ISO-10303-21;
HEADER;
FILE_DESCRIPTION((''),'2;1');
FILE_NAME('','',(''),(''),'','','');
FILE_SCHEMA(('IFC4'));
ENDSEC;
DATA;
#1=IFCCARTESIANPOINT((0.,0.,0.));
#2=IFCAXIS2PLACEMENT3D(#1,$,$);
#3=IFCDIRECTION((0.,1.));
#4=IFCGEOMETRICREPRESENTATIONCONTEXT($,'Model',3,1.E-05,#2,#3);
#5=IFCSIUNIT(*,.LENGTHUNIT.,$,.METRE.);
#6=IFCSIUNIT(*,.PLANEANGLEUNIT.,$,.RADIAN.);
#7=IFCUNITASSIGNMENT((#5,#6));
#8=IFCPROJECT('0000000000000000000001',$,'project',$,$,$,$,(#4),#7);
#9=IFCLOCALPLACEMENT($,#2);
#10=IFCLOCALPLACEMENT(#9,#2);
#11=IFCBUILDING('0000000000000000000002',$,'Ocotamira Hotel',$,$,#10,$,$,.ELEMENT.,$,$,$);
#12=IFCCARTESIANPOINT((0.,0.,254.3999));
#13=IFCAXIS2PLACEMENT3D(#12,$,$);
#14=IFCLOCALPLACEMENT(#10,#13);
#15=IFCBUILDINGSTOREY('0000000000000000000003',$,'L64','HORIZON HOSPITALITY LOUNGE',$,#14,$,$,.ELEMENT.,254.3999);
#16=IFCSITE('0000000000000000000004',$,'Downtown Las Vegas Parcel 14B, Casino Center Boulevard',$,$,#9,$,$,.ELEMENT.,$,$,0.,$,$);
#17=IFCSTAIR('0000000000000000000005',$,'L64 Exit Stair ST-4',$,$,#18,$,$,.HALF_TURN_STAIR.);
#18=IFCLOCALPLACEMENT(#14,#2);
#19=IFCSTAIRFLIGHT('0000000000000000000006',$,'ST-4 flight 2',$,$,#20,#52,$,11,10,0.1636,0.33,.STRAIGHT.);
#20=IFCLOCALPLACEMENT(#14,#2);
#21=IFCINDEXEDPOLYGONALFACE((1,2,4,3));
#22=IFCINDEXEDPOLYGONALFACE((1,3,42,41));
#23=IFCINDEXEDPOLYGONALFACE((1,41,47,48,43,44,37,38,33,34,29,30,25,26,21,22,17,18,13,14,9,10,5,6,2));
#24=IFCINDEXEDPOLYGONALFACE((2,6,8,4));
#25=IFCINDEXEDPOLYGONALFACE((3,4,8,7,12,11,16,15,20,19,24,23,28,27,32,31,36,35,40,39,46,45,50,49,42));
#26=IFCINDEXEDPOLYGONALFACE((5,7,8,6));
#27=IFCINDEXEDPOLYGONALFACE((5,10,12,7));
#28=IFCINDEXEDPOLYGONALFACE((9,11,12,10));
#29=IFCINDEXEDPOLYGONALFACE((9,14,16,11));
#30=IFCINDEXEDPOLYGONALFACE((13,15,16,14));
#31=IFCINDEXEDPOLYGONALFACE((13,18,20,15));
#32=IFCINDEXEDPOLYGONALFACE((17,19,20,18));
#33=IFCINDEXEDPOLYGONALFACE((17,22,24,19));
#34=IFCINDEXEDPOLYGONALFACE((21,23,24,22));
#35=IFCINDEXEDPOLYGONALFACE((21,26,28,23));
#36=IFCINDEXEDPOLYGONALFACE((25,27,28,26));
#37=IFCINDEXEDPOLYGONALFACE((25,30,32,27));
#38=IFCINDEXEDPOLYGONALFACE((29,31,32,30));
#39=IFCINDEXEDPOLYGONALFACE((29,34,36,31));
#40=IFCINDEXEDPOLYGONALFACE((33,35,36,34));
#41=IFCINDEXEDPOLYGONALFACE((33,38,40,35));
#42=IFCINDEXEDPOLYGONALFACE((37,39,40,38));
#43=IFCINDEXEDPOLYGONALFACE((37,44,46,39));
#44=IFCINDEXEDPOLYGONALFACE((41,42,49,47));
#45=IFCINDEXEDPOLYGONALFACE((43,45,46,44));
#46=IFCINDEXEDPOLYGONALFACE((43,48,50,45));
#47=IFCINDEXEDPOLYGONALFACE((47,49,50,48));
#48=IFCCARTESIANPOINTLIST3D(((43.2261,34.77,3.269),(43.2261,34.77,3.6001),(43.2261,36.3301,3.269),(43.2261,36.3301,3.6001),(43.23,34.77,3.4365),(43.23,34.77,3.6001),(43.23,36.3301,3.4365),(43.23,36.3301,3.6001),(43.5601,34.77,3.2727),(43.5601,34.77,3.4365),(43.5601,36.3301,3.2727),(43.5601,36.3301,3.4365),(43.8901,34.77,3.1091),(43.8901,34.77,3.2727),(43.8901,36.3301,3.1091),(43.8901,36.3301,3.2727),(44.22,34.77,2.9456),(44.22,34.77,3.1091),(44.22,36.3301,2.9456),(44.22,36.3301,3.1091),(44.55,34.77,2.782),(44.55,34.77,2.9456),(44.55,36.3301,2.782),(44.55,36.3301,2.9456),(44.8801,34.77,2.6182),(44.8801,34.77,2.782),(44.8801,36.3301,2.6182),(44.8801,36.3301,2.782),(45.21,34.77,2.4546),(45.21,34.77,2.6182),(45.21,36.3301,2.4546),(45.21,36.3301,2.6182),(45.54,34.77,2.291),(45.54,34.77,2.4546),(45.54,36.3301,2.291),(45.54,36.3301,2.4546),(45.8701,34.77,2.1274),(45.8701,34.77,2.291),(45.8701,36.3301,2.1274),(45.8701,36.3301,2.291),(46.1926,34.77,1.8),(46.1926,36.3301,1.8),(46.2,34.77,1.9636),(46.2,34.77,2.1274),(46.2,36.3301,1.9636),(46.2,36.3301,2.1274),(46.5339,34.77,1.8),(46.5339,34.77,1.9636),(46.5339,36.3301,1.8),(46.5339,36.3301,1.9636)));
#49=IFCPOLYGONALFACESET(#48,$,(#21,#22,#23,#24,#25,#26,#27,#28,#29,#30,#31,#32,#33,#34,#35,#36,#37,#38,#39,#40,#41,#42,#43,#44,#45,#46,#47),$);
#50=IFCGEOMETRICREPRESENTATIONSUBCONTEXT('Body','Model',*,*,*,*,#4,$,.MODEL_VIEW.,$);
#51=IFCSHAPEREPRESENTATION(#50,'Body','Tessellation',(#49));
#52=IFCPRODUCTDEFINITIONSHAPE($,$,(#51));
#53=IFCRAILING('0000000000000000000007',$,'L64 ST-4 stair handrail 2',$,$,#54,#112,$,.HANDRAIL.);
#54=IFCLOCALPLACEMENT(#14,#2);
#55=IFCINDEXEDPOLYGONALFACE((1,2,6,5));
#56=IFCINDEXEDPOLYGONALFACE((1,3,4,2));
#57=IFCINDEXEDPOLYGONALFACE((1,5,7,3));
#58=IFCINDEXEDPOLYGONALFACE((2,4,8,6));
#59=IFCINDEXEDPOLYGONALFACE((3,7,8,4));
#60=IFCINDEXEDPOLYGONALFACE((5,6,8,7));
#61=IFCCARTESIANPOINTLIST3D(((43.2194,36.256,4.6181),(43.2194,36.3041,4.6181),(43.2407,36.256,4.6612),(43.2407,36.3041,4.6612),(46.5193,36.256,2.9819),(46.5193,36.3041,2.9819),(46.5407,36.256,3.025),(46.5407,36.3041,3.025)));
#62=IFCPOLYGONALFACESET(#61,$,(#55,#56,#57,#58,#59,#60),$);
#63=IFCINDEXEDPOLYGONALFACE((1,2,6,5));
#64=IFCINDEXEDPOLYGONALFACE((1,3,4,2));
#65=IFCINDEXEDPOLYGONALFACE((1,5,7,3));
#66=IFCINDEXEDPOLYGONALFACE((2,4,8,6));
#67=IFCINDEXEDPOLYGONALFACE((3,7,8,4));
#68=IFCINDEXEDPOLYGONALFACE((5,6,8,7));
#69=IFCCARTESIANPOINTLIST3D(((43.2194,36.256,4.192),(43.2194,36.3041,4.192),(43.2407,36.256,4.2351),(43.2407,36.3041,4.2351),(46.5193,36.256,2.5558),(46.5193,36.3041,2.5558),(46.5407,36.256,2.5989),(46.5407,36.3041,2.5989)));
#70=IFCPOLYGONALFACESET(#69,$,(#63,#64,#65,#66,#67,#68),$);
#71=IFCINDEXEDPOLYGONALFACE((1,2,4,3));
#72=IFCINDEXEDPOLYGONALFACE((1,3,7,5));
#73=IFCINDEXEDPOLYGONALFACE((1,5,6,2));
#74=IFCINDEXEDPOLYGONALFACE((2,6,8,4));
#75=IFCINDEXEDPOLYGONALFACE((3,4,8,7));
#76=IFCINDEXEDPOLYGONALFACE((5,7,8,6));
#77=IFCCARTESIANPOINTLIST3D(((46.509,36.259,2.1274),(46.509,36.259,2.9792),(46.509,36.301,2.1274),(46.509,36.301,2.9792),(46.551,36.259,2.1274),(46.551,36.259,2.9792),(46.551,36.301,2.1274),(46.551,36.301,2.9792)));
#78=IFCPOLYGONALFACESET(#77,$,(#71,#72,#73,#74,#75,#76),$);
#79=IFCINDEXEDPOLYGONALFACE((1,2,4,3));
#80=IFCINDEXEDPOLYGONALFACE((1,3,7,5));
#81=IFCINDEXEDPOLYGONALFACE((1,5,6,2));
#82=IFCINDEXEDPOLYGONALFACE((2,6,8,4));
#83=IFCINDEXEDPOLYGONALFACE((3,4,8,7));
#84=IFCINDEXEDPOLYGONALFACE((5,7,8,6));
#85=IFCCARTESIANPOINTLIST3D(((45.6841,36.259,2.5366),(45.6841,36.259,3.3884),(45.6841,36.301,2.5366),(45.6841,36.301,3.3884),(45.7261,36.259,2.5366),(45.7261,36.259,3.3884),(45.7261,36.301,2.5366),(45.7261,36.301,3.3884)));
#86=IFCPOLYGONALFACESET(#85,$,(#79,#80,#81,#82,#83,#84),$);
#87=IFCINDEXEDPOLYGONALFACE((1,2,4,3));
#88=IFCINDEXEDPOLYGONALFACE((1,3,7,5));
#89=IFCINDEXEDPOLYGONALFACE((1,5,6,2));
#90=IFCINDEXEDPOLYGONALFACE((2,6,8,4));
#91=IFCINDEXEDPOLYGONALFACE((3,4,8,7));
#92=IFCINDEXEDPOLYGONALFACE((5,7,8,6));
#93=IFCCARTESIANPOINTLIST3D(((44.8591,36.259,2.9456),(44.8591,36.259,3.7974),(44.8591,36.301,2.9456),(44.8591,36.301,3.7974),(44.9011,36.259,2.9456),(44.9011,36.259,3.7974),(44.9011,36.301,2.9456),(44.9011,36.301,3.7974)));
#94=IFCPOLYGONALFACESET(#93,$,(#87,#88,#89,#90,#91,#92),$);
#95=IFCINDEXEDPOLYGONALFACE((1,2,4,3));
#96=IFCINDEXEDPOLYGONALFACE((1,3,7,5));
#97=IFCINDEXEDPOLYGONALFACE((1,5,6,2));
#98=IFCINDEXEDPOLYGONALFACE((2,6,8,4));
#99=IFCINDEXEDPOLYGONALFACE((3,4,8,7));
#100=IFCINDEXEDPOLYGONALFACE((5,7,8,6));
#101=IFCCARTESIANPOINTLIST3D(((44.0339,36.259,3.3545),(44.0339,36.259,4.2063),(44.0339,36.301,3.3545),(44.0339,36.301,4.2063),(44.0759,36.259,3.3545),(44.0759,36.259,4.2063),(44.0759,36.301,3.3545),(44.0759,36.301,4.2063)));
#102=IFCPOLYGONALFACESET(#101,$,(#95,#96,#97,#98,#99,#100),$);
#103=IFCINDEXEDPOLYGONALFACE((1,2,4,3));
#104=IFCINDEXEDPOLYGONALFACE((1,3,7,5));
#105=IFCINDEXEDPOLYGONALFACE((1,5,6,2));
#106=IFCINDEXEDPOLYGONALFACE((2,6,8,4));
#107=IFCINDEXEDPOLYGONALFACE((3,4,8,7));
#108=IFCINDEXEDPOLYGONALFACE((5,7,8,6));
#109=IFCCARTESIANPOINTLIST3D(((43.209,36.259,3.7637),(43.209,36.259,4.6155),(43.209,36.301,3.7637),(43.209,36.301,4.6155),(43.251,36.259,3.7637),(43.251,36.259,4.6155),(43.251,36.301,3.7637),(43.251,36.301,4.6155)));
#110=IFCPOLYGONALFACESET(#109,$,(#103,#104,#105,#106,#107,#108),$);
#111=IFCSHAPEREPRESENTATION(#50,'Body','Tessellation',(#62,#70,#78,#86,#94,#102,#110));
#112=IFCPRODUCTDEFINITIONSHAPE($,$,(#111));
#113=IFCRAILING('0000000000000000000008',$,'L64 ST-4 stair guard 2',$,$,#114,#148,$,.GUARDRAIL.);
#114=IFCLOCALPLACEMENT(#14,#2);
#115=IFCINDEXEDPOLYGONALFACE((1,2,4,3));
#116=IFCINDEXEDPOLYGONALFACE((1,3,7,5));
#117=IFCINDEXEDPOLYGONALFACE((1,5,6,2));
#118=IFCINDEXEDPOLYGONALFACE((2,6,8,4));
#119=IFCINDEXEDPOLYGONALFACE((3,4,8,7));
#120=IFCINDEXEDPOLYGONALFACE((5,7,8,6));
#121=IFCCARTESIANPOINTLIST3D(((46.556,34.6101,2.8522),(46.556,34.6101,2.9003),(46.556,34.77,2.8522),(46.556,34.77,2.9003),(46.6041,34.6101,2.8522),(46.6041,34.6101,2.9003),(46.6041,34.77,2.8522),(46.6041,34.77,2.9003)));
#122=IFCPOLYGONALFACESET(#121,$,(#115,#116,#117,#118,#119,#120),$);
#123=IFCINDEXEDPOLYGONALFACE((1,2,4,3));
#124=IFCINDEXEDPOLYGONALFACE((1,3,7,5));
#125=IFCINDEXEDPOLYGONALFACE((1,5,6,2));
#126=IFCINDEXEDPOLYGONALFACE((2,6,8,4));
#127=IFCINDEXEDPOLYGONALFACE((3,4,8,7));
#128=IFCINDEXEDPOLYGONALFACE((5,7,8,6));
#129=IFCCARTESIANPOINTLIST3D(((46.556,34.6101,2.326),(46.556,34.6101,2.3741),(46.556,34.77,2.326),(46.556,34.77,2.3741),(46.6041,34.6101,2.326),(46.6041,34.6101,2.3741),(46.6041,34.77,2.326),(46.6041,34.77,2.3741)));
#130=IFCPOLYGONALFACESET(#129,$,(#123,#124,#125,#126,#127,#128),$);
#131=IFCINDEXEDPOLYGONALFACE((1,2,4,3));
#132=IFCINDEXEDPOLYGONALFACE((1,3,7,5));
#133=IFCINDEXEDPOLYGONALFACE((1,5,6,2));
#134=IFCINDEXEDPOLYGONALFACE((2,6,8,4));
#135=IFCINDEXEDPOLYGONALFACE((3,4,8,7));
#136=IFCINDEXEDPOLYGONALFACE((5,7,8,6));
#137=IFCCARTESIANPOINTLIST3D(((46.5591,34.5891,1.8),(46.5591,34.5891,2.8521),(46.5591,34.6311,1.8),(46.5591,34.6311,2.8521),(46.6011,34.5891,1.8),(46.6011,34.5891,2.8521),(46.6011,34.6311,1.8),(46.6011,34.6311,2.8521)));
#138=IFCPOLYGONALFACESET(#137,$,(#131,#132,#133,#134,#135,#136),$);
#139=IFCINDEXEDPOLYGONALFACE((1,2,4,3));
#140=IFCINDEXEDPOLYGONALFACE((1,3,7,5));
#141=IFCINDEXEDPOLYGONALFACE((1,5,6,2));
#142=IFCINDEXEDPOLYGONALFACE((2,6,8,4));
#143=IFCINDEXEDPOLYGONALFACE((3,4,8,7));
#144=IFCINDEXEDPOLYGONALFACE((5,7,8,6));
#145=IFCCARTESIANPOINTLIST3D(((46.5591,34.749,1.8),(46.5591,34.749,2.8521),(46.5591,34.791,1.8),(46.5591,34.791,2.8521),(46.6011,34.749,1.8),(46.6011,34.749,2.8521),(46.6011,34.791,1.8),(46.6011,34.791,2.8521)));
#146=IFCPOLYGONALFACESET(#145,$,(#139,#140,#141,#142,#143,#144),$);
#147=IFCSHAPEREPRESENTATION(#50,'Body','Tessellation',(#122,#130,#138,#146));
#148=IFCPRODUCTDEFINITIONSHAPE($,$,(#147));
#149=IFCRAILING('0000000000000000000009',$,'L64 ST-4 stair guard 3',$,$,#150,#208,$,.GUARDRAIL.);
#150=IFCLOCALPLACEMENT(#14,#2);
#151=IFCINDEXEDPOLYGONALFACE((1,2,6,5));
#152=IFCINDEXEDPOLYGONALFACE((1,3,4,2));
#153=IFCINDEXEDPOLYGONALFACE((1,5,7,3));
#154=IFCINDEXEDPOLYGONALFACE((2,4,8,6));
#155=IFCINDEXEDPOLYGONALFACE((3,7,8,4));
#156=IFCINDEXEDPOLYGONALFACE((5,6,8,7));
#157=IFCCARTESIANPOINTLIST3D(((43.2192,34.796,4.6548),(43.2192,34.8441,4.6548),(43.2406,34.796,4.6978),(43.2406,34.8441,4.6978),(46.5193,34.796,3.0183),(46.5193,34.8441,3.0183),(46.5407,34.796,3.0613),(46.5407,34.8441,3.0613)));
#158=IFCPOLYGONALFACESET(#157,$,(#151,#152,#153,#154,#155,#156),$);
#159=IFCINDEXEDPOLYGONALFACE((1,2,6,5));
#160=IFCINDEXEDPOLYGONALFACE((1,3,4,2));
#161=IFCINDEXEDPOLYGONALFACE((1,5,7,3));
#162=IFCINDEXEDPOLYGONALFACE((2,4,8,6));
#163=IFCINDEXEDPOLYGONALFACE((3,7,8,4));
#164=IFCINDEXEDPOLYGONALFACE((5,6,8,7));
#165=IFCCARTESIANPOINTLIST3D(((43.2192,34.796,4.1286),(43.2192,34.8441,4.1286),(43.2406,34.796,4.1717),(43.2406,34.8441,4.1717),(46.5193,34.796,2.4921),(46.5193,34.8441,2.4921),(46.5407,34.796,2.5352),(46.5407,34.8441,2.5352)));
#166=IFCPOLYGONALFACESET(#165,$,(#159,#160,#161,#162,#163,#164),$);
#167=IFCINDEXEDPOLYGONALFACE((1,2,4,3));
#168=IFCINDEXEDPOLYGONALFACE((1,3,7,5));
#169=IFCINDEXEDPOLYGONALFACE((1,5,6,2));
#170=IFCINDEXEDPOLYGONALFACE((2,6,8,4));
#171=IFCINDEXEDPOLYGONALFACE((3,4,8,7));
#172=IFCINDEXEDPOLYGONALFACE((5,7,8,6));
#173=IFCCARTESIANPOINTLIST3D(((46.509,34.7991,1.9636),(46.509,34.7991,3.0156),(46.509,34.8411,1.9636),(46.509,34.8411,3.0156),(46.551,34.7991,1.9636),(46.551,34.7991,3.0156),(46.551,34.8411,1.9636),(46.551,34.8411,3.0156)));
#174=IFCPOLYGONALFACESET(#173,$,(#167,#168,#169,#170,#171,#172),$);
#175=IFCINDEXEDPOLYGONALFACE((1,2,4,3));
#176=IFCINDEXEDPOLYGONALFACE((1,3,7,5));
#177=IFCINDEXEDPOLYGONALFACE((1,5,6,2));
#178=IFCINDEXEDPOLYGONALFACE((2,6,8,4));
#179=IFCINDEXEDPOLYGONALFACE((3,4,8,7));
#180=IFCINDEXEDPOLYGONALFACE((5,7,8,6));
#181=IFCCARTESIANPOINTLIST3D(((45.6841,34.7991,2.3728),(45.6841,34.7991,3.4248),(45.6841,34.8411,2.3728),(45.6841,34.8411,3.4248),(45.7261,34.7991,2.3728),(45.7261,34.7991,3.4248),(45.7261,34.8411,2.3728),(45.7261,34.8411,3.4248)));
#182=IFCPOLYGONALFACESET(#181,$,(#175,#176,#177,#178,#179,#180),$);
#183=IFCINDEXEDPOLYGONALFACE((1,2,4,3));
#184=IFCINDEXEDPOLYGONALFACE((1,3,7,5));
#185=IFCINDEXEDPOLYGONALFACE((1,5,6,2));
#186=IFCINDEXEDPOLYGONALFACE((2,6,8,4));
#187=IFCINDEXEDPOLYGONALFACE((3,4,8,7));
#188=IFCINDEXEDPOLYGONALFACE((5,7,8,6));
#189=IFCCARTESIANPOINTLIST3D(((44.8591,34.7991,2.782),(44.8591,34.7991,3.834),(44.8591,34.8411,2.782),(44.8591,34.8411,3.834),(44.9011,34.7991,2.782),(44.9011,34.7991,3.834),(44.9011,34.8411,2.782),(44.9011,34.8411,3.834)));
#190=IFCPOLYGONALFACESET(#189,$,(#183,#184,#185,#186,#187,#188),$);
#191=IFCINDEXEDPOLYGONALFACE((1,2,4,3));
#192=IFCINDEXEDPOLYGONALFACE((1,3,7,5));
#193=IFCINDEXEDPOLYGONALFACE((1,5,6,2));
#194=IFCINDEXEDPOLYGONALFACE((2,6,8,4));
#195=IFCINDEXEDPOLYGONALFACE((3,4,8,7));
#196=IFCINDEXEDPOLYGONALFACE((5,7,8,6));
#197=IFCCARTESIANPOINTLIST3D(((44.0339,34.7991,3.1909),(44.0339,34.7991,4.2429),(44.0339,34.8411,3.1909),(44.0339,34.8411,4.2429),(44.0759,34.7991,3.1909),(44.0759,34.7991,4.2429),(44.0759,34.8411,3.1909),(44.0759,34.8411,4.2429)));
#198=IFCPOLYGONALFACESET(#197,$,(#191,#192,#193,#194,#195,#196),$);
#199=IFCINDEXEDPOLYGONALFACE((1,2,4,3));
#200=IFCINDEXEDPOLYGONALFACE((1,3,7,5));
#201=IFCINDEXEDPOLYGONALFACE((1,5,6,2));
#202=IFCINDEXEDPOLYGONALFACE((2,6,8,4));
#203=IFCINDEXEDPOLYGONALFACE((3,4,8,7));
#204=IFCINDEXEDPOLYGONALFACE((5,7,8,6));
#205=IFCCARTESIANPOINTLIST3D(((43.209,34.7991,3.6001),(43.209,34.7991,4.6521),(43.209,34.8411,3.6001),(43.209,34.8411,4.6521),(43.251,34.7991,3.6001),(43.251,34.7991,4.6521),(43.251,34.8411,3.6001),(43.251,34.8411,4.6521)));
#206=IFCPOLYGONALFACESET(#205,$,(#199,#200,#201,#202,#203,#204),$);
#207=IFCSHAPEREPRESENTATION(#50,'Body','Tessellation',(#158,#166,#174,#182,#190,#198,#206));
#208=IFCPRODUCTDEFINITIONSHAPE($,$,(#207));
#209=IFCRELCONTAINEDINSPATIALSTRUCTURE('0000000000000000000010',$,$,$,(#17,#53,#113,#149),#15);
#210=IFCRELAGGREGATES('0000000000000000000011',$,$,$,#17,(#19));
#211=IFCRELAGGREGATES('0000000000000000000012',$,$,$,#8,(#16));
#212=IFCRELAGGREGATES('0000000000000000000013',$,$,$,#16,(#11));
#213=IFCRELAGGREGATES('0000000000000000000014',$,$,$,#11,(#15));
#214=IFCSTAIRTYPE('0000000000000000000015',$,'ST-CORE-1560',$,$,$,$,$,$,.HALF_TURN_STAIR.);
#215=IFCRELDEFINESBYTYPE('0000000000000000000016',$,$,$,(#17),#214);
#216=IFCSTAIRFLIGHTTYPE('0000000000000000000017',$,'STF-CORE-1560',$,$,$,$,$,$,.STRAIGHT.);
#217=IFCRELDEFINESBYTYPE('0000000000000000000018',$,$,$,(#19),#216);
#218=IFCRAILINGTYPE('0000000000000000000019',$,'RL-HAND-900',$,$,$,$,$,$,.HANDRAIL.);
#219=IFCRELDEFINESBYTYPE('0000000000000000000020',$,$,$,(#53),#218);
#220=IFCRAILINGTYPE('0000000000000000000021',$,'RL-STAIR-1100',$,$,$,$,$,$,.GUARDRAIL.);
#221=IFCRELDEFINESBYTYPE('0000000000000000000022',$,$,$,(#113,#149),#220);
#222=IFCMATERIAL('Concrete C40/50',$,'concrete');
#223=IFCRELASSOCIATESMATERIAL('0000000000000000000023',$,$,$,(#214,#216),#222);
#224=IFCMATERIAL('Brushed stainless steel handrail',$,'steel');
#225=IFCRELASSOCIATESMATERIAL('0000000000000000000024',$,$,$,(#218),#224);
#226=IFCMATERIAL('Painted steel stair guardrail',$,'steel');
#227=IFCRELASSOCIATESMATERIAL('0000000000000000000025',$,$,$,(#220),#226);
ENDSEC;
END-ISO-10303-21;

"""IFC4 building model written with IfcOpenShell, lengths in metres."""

from ifc_helpers import new_model, si_unit, direction, frame, origin, origin_2d, place, context, subcontext, project, spatial, polyline, rectangle, outline, extrude, source, transform, mapped, material, type_object, element, aggregate, save


model = new_model("IFC4")

# Units and contexts
model_context = context("Model", 3, precision=1e-05, world=origin(), true_north=direction((0.0, 1.0)))
body_context = subcontext(model_context, "Body", "Model", "MODEL_VIEW")
ifc_project = project(units=[si_unit("LENGTHUNIT", "METRE"), si_unit("PLANEANGLEUNIT", "RADIAN")], contexts=[model_context])

# Site, building, storey
site_placement = place(None, origin())
site = spatial("IfcSite", under=ifc_project, at=site_placement, Name="Downtown Las Vegas Parcel 14B, Casino Center Boulevard", CompositionType="ELEMENT", RefElevation=0.0)
building_placement = place(site_placement, origin())
building = spatial("IfcBuilding", under=site, at=building_placement, Name="Ocotamira Hotel", CompositionType="ELEMENT")
storey_placement = place(building_placement, frame((0.0, 0.0, 254.3999)))
storey = spatial("IfcBuildingStorey", under=building, at=storey_placement, Name="L64", Description="HORIZON HOSPITALITY LOUNGE", CompositionType="ELEMENT", Elevation=254.3999)

# Stair, stair flight
ifc_material_1 = material(Name="Concrete C40/50", Category="concrete")
stair_type = type_object("IfcStairType", Name="ST-CORE-1560", PredefinedType="HALF_TURN_STAIR", material=ifc_material_1)
stair_placement = place(storey_placement, origin())
stair = element("IfcStair", 1, at=stair_placement, inside=storey, type_object=stair_type, Name="L64 Exit Stair ST-4", PredefinedType="HALF_TURN_STAIR")
stair_flight_type = type_object("IfcStairFlightType", Name="STF-CORE-1560", PredefinedType="STRAIGHT", material=ifc_material_1)
shared_shape_1 = source(origin(), body_context, "Body", "SweptSolid", [
    extrude(outline(polyline([(-0.0039, 0.0), (-0.0039, 0.1636), (0.3301, 0.1636), (0.3301, 0.3274), (0.6599, 0.3274), (0.6599, 0.491), (0.99, 0.491), (0.99, 0.6545), (1.3201, 0.6545), (1.3201, 0.8181), (1.6499, 0.8181), (1.6499, 0.9819), (1.98, 0.9819), (1.98, 1.1455), (2.3101, 1.1455), (2.3101, 1.3091), (2.6399, 1.3091), (2.6399, 1.4727), (2.97, 1.4727), (2.97, 1.6365), (3.3, 1.6365), (3.3, 1.8), (3.304, 1.8), (3.304, 1.469), (0.3374, 0.0), (-0.0039, 0.0)])), frame((0.0, 0.78, 0.0), z_axis=(0.0, -1.0, 0.0), x_axis=(1.0, 0.0, 0.0)), (0.0, 0.0, 1.0), 1.5601),
])
stair_flight_placement = place(storey_placement, frame((46.53, 35.55, 1.8), z_axis=(0.0, 0.0, 1.0), x_axis=(-1.0, 0.0, 0.0)))
stair_flight = element("IfcStairFlight", 2, at=stair_flight_placement, type_object=stair_flight_type, Name="ST-4 flight 2", NumberOfRisers=11, NumberOfTreads=10, PredefinedType="STRAIGHT", RiserHeight=0.1636, TreadLength=0.33, context=body_context, shape_type="MappedRepresentation", body=[
    mapped(shared_shape_1, transform((0.0, 0.0, 0.0), scale=1.0)),
])
aggregate(stair, [stair_flight])

# Railings
ifc_material_2 = material(Name="Brushed stainless steel handrail", Category="steel")
railing_type_1 = type_object("IfcRailingType", Name="RL-HAND-900", PredefinedType="HANDRAIL", material=ifc_material_2)
railing_1_placement = place(storey_placement, frame((46.53, 36.28, 2.1274)))
element("IfcRailing", 3, at=railing_1_placement, inside=storey, type_object=railing_type_1, Name="L64 ST-4 stair handrail 2", PredefinedType="HANDRAIL", context=body_context, shape_type="SweptSolid", body=[
    extrude(rectangle(XDim=0.0481, YDim=0.0481, at=origin_2d()), frame((0.0, 0.0, 0.876), z_axis=(-0.89592, 0.0, 0.444215), x_axis=(0.0, -1.0, 0.0)), (0.0, 0.0, 1.0), 3.6833),
    extrude(rectangle(XDim=0.0481, YDim=0.0481, at=origin_2d()), frame((0.0, 0.0, 0.45), z_axis=(-0.89592, 0.0, 0.444215), x_axis=(0.0, -1.0, 0.0)), (0.0, 0.0, 1.0), 3.6833),
    extrude(rectangle(XDim=0.042, YDim=0.042, at=origin_2d()), origin(), (0.0, 0.0, 1.0), 0.8518),
    extrude(rectangle(XDim=0.042, YDim=0.042, at=origin_2d()), frame((-0.825, 0.0, 0.4092)), (0.0, 0.0, 1.0), 0.8518),
    extrude(rectangle(XDim=0.042, YDim=0.042, at=origin_2d()), frame((-1.6499, 0.0, 0.8181)), (0.0, 0.0, 1.0), 0.8518),
    extrude(rectangle(XDim=0.042, YDim=0.042, at=origin_2d()), frame((-2.4751, 0.0, 1.2271)), (0.0, 0.0, 1.0), 0.8518),
    extrude(rectangle(XDim=0.042, YDim=0.042, at=origin_2d()), frame((-3.3, 0.0, 1.6362)), (0.0, 0.0, 1.0), 0.8518),
])
ifc_material_3 = material(Name="Painted steel stair guardrail", Category="steel")
railing_type_2 = type_object("IfcRailingType", Name="RL-STAIR-1100", PredefinedType="GUARDRAIL", material=ifc_material_3)
railing_2_placement = place(storey_placement, frame((46.5801, 34.6101, 1.8)))
element("IfcRailing", 4, at=railing_2_placement, inside=storey, type_object=railing_type_2, Name="L64 ST-4 stair guard 2", PredefinedType="GUARDRAIL", context=body_context, shape_type="SweptSolid", body=[
    extrude(rectangle(XDim=0.0481, YDim=0.0481, at=origin_2d()), frame((0.0, 0.0, 1.0762), z_axis=(0.0, 1.0, 0.0), x_axis=(-1.0, 0.0, 0.0)), (0.0, 0.0, 1.0), 0.1599),
    extrude(rectangle(XDim=0.0481, YDim=0.0481, at=origin_2d()), frame((0.0, 0.0, 0.55), z_axis=(0.0, 1.0, 0.0), x_axis=(-1.0, 0.0, 0.0)), (0.0, 0.0, 1.0), 0.1599),
    extrude(rectangle(XDim=0.042, YDim=0.042, at=origin_2d()), origin(), (0.0, 0.0, 1.0), 1.052),
    extrude(rectangle(XDim=0.042, YDim=0.042, at=origin_2d()), frame((0.0, 0.1599, 0.0)), (0.0, 0.0, 1.0), 1.052),
])
railing_3_placement = place(storey_placement, frame((46.53, 34.8201, 1.9636)))
element("IfcRailing", 5, at=railing_3_placement, inside=storey, type_object=railing_type_2, Name="L64 ST-4 stair guard 3", PredefinedType="GUARDRAIL", context=body_context, shape_type="SweptSolid", body=[
    extrude(rectangle(XDim=0.0481, YDim=0.0481, at=origin_2d()), frame((0.0, 0.0, 1.0762), z_axis=(-0.895894, 0.0, 0.444268), x_axis=(0.0, -1.0, 0.0)), (0.0, 0.0, 1.0), 3.6836),
    extrude(rectangle(XDim=0.0481, YDim=0.0481, at=origin_2d()), frame((0.0, 0.0, 0.55), z_axis=(-0.895894, 0.0, 0.444268), x_axis=(0.0, -1.0, 0.0)), (0.0, 0.0, 1.0), 3.6836),
    extrude(rectangle(XDim=0.042, YDim=0.042, at=origin_2d()), origin(), (0.0, 0.0, 1.0), 1.052),
    extrude(rectangle(XDim=0.042, YDim=0.042, at=origin_2d()), frame((-0.825, 0.0, 0.4092)), (0.0, 0.0, 1.0), 1.052),
    extrude(rectangle(XDim=0.042, YDim=0.042, at=origin_2d()), frame((-1.6499, 0.0, 0.8184)), (0.0, 0.0, 1.0), 1.052),
    extrude(rectangle(XDim=0.042, YDim=0.042, at=origin_2d()), frame((-2.4751, 0.0, 1.2273)), (0.0, 0.0, 1.0), 1.052),
    extrude(rectangle(XDim=0.042, YDim=0.042, at=origin_2d()), frame((-3.3, 0.0, 1.6365)), (0.0, 0.0, 1.0), 1.052),
])

save(model, "model.ifc")
